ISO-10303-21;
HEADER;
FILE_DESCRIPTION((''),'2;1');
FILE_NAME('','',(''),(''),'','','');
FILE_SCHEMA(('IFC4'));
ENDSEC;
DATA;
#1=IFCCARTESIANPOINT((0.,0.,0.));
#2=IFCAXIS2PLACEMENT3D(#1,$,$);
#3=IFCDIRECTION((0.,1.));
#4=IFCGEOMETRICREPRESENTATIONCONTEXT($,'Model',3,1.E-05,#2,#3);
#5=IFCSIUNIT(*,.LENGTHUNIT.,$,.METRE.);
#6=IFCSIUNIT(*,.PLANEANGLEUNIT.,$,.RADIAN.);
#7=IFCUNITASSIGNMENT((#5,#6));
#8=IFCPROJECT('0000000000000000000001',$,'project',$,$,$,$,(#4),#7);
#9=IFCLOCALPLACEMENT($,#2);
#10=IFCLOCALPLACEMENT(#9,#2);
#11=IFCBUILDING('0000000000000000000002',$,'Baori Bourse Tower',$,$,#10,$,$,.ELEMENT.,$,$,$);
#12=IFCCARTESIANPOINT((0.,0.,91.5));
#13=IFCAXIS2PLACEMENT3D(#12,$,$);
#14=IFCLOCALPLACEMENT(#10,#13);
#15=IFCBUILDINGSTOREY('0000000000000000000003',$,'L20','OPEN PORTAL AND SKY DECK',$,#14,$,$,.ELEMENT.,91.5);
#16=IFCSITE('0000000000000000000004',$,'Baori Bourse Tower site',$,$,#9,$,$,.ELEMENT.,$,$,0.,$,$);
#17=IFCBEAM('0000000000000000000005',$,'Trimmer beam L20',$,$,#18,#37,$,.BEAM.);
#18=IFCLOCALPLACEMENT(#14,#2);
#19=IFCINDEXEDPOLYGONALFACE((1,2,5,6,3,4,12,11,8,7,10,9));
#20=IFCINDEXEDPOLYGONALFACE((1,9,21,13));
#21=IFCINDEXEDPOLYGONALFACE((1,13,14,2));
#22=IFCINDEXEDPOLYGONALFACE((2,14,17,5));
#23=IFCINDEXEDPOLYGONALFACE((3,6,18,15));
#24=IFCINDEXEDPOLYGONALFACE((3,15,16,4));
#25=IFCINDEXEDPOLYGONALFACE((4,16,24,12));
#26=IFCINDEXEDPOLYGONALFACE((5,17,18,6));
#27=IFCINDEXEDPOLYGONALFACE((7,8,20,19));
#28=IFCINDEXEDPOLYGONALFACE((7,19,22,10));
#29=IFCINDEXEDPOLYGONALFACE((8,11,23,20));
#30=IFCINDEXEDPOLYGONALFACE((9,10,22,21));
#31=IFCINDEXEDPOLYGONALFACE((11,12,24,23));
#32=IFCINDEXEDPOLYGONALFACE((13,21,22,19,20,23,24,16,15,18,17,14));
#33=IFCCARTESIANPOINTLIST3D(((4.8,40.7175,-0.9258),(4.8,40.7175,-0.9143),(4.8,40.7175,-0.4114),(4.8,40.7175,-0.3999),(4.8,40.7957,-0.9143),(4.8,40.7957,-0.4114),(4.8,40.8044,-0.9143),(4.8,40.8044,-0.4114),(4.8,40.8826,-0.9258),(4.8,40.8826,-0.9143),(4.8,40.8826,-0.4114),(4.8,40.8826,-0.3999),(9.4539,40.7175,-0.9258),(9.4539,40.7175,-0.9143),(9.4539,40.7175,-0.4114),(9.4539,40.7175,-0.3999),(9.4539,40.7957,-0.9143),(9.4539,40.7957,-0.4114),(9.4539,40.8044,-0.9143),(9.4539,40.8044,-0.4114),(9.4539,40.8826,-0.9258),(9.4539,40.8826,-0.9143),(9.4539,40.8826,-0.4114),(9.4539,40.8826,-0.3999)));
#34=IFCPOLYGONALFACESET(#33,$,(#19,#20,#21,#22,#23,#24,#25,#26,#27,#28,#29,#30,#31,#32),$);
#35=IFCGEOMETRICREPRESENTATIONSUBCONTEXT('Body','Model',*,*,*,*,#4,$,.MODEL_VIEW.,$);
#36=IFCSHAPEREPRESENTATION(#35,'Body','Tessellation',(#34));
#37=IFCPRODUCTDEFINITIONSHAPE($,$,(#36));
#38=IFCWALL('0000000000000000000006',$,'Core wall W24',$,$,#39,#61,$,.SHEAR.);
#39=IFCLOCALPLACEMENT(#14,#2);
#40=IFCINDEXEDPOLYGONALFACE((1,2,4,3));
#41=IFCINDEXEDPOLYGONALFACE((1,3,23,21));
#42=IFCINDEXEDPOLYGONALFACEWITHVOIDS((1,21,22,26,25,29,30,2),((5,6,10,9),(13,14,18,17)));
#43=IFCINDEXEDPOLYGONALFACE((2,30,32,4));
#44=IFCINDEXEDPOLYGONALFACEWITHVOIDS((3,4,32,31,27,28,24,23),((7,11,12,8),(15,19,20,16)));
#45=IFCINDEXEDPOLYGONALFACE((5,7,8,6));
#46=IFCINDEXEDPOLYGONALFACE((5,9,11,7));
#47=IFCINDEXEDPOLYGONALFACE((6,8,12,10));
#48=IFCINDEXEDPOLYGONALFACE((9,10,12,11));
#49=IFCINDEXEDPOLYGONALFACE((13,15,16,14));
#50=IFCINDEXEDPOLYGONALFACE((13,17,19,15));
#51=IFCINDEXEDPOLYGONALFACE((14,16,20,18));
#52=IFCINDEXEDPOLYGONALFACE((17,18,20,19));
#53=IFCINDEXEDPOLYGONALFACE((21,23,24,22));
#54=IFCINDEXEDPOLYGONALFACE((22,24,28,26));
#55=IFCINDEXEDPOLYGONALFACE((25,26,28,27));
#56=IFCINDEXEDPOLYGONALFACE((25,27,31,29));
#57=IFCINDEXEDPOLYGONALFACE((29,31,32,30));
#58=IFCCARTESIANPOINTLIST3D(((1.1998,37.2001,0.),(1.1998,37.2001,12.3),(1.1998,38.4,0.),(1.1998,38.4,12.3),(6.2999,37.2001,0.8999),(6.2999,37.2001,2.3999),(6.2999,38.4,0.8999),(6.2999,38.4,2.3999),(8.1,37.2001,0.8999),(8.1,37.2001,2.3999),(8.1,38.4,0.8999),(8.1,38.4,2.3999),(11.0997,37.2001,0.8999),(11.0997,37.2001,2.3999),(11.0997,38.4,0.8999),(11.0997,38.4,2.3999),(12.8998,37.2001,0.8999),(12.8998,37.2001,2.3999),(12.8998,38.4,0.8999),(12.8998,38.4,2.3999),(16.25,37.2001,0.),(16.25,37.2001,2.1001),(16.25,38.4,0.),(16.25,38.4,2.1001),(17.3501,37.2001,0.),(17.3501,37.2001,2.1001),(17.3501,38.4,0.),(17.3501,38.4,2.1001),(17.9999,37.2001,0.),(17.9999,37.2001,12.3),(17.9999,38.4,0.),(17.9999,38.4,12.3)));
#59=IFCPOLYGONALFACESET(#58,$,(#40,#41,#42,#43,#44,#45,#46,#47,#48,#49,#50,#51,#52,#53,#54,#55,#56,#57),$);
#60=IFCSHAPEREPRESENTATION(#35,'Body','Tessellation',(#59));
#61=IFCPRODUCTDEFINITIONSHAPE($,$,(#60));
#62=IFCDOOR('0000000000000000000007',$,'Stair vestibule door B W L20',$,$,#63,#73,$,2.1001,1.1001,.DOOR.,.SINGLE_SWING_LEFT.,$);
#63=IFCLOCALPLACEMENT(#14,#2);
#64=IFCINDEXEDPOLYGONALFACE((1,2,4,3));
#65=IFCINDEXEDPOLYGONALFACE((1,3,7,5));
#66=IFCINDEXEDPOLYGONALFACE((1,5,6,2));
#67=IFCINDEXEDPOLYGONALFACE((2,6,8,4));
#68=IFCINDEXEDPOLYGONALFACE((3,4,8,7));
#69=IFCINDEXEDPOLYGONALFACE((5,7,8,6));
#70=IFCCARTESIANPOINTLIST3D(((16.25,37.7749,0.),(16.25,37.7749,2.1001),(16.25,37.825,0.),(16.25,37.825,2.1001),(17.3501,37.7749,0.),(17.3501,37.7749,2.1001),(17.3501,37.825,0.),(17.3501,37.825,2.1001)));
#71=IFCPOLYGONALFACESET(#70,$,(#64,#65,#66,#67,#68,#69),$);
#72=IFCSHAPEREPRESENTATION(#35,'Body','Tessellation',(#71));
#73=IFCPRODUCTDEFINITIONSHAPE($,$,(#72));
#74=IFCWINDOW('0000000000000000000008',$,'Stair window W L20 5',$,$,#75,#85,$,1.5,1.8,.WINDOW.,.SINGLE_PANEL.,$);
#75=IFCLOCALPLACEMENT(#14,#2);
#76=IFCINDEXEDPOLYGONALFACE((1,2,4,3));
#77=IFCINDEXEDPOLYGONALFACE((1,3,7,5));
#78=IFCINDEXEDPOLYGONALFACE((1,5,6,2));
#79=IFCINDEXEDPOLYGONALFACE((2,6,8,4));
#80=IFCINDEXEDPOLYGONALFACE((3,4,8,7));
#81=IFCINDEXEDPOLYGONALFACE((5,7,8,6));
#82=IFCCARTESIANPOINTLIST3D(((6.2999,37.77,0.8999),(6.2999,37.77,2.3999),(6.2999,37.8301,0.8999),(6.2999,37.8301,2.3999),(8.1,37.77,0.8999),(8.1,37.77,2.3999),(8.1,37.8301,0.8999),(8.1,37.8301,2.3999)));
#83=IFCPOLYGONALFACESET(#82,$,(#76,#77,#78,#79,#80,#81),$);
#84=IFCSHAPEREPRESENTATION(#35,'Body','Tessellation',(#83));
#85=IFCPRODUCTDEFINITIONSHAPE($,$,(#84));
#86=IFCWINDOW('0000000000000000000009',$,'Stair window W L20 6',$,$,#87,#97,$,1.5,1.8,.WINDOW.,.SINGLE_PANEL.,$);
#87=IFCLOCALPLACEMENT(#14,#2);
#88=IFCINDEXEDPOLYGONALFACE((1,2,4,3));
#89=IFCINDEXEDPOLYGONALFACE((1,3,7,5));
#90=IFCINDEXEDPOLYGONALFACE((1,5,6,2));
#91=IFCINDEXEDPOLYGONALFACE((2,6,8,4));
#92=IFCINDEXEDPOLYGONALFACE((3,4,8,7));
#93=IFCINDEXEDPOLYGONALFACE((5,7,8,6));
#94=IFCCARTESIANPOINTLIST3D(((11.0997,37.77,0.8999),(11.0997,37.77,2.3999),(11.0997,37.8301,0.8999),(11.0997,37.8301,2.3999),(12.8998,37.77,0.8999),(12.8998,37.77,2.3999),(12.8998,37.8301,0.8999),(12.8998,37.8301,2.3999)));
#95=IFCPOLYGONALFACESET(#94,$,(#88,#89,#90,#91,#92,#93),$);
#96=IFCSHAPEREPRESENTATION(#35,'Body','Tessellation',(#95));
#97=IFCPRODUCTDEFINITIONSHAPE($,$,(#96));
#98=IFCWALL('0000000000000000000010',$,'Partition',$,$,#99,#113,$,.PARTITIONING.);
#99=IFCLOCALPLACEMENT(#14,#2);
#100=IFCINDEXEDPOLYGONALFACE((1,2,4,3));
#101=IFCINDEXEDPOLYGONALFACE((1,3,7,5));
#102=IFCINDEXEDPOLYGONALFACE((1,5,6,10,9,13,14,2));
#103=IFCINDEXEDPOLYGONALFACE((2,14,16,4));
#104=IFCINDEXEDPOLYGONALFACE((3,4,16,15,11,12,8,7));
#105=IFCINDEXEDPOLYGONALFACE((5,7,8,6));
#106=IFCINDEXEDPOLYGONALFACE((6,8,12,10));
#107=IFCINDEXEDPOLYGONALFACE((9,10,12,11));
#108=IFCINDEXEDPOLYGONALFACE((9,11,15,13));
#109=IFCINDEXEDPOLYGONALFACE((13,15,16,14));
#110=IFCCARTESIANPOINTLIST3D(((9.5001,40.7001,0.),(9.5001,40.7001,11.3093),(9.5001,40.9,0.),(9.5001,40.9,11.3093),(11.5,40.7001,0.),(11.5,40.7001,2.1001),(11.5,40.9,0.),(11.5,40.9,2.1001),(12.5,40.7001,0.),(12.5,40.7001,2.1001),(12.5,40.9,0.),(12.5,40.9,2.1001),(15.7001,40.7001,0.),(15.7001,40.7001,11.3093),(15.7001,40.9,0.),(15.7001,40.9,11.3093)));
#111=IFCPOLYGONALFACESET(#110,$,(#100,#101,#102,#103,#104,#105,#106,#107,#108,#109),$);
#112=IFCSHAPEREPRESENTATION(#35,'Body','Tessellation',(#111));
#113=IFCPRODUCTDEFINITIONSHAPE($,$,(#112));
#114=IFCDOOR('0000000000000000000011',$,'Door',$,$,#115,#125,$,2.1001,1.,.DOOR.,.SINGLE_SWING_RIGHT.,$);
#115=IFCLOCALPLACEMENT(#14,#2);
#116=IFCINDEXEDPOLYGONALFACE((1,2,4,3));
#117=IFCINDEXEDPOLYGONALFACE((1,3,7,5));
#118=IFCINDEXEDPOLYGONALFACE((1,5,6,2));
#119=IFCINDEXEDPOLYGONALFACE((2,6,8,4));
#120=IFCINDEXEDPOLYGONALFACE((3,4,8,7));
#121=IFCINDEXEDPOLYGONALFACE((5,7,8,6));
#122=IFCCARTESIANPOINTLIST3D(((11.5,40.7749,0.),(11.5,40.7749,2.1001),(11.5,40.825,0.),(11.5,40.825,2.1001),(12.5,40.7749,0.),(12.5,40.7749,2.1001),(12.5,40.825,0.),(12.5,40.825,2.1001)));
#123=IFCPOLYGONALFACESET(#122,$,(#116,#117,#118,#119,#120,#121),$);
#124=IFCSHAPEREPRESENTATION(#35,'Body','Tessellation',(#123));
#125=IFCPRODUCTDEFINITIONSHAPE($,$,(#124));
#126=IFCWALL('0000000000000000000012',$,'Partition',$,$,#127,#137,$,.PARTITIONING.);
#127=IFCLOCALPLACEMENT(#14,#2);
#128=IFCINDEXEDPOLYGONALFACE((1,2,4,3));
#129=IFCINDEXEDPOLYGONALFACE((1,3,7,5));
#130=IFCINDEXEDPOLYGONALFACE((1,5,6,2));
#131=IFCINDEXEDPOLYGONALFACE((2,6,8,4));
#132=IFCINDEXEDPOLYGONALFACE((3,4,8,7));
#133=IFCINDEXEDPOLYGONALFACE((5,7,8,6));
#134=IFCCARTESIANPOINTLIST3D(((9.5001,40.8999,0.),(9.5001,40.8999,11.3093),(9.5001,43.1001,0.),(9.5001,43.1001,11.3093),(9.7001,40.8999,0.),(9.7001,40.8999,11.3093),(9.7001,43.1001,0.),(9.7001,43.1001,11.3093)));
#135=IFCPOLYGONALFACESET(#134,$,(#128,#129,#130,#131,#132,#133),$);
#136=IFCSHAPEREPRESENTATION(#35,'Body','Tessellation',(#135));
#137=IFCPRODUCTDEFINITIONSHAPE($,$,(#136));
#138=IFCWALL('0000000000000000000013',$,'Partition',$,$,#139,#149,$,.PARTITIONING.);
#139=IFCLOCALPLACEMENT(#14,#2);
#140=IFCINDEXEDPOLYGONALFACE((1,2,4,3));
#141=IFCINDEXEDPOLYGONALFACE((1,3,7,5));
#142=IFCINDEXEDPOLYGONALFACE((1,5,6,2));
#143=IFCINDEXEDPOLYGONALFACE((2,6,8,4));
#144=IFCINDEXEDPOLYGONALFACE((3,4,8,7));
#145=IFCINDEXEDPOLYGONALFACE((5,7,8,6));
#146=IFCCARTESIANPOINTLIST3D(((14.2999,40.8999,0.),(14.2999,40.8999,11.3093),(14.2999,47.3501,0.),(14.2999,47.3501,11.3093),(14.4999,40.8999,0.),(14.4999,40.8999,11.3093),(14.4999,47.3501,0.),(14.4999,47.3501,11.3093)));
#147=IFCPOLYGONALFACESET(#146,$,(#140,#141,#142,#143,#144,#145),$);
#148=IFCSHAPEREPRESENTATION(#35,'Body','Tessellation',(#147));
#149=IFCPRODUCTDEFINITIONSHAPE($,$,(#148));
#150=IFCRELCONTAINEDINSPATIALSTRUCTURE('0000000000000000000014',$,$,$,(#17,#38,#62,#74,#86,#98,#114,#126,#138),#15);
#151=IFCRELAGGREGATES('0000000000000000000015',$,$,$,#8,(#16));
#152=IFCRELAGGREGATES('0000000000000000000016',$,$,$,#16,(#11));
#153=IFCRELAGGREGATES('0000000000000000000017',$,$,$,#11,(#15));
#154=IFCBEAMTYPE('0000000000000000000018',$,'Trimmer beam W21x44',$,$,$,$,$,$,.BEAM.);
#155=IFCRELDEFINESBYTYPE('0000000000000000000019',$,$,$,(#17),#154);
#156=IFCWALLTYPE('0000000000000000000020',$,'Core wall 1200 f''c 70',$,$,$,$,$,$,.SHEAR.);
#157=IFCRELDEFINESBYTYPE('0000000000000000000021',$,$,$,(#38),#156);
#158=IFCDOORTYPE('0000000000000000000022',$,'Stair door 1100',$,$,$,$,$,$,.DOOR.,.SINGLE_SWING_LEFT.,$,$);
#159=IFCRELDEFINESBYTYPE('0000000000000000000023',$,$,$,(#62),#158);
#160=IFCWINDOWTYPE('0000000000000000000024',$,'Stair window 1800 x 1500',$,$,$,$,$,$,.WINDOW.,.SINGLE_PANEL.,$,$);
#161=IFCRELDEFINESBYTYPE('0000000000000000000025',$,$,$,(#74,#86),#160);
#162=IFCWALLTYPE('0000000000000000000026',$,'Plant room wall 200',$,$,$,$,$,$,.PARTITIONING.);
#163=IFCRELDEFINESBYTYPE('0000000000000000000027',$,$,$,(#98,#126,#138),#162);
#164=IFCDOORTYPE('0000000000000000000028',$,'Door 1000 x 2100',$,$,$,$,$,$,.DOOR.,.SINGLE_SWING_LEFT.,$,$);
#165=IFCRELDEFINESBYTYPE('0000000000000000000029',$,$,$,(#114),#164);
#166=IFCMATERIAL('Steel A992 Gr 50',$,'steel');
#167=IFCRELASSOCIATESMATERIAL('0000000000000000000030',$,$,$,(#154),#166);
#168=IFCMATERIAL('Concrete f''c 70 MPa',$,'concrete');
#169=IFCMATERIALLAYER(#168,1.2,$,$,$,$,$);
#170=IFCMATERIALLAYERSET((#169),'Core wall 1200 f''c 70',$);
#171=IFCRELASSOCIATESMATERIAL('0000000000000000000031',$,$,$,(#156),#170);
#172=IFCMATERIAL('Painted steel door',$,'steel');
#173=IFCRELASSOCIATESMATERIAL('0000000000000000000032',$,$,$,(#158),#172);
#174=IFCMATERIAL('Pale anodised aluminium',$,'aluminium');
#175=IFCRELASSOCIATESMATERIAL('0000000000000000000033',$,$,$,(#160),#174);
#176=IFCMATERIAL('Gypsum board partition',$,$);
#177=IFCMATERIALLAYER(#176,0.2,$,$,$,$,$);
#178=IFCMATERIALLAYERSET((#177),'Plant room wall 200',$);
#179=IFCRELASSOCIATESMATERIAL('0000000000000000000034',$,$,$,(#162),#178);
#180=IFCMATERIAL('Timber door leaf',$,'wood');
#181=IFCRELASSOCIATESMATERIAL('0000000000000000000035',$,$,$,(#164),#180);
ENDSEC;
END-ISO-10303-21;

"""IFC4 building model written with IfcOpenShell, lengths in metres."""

from ifc_helpers import new_model, si_unit, direction, frame, frame_2d, origin, origin_2d, place, context, subcontext, project, spatial, rectangle, i_section, extrude, material, layer, layer_set, material_profile, profile_set, type_object, element, fill, save


model = new_model("IFC4")

# Units and contexts
model_context = context("Model", 3, precision=1e-05, world=origin(), true_north=direction((0.0, 1.0)))
body_context = subcontext(model_context, "Body", "Model", "MODEL_VIEW")
ifc_project = project(units=[si_unit("LENGTHUNIT", "METRE"), si_unit("PLANEANGLEUNIT", "RADIAN")], contexts=[model_context])

# Site, building, storey
site_placement = place(None, origin())
site = spatial("IfcSite", under=ifc_project, at=site_placement, Name="Baori Bourse Tower site", CompositionType="ELEMENT", RefElevation=0.0)
building_placement = place(site_placement, origin())
building = spatial("IfcBuilding", under=site, at=building_placement, Name="Baori Bourse Tower", CompositionType="ELEMENT")
storey_placement = place(building_placement, frame((0.0, 0.0, 91.5)))
storey = spatial("IfcBuildingStorey", under=building, at=storey_placement, Name="L20", Description="OPEN PORTAL AND SKY DECK", CompositionType="ELEMENT", Elevation=91.5)

# Beam
ifc_material_1 = material(Name="Steel A992 Gr 50", Category="steel")
ifc_material_profile_1 = material_profile(ifc_material_1, i_section(OverallWidth=0.165, OverallDepth=0.5259, WebThickness=0.0088, FlangeThickness=0.0115, at=origin_2d()), Name="W21x44")
ifc_profile_set_1 = profile_set([ifc_material_profile_1], Name="Steel A992 Gr 50")
beam_type_1 = type_object("IfcBeamType", Name="Trimmer beam W21x44", PredefinedType="BEAM", material=ifc_profile_set_1)
beam_1_placement = place(storey_placement, frame((4.8, 40.8, -0.6628), z_axis=(1.0, 0.0, 0.0), x_axis=(0.0, 1.0, 0.0)))
element("IfcBeam", 1, at=beam_1_placement, inside=storey, type_object=beam_type_1, Name="Trimmer beam L20", PredefinedType="BEAM", context=body_context, shape_type="SweptSolid", body=[
    extrude(i_section(OverallWidth=0.165, OverallDepth=0.5259, WebThickness=0.0088, FlangeThickness=0.0115, at=origin_2d()), origin(), (0.0, 0.0, 1.0), 4.6538),
])

# Wall, openings, door, windows
ifc_material_2 = material(Name="Concrete f'c 70 MPa", Category="concrete")
ifc_layer_1 = layer(ifc_material_2, 1.2)
ifc_layer_set_1 = layer_set([ifc_layer_1], Name="Core wall 1200 f'c 70")
wall_type_1 = type_object("IfcWallType", Name="Core wall 1200 f'c 70", PredefinedType="SHEAR", material=ifc_layer_set_1)
wall_1_placement = place(storey_placement, frame((1.2, 37.8, 0.0), z_axis=(0.0, 0.0, 1.0), x_axis=(1.0, 0.0, 0.0)))
wall_1 = element("IfcWall", 2, at=wall_1_placement, inside=storey, type_object=wall_type_1, Name="Core wall W24", PredefinedType="SHEAR", context=body_context, shape_type="SweptSolid", body=[
    extrude(rectangle(XDim=16.8, YDim=1.2, at=frame_2d((8.3999, 0.0))), origin(), (0.0, 0.0, 1.0), 12.3),
])
opening_1_placement = place(wall_1_placement, frame((15.05, 0.0, 0.0)))
opening_1 = element("IfcOpeningElement", 3, at=opening_1_placement, cuts=wall_1, PredefinedType="OPENING", context=body_context, shape_type="SweptSolid", body=[
    extrude(rectangle(XDim=1.1001, YDim=2.1001, at=frame_2d((0.55, 1.05))), frame((0.0, 0.6099, 0.0), z_axis=(0.0, -1.0, 0.0), x_axis=(1.0, 0.0, 0.0)), (0.0, 0.0, 1.0), 1.22),
])
opening_2_placement = place(wall_1_placement, frame((5.1001, 0.0, 0.8999)))
opening_2 = element("IfcOpeningElement", 4, at=opening_2_placement, cuts=wall_1, PredefinedType="OPENING", context=body_context, shape_type="SweptSolid", body=[
    extrude(rectangle(XDim=1.8, YDim=1.5, at=frame_2d((0.8999, 0.75))), frame((0.0, 0.6099, 0.0), z_axis=(0.0, -1.0, 0.0), x_axis=(1.0, 0.0, 0.0)), (0.0, 0.0, 1.0), 1.22),
])
opening_3_placement = place(wall_1_placement, frame((9.8999, 0.0, 0.8999)))
opening_3 = element("IfcOpeningElement", 5, at=opening_3_placement, cuts=wall_1, PredefinedType="OPENING", context=body_context, shape_type="SweptSolid", body=[
    extrude(rectangle(XDim=1.8, YDim=1.5, at=frame_2d((0.8999, 0.75))), frame((0.0, 0.6099, 0.0), z_axis=(0.0, -1.0, 0.0), x_axis=(1.0, 0.0, 0.0)), (0.0, 0.0, 1.0), 1.22),
])
ifc_material_3 = material(Name="Painted steel door", Category="steel")
door_type_1 = type_object("IfcDoorType", Name="Stair door 1100", OperationType="SINGLE_SWING_LEFT", PredefinedType="DOOR", material=ifc_material_3)
door_1_placement = place(opening_1_placement, origin())
door_1 = element("IfcDoor", 6, at=door_1_placement, inside=storey, type_object=door_type_1, Name="Stair vestibule door B W L20", OperationType="SINGLE_SWING_LEFT", OverallHeight=2.1001, OverallWidth=1.1001, PredefinedType="DOOR", context=body_context, shape_type="SweptSolid", body=[
    extrude(rectangle(XDim=1.1001, YDim=2.1001, at=frame_2d((0.55, 1.05))), frame((0.0, 0.0249, 0.0), z_axis=(0.0, -1.0, 0.0), x_axis=(1.0, 0.0, 0.0)), (0.0, 0.0, 1.0), 0.05),
])
fill(opening_1, door_1)
ifc_material_4 = material(Name="Pale anodised aluminium", Category="aluminium")
window_type = type_object("IfcWindowType", Name="Stair window 1800 x 1500", PartitioningType="SINGLE_PANEL", PredefinedType="WINDOW", material=ifc_material_4)
window_1_placement = place(opening_2_placement, origin())
window_1 = element("IfcWindow", 7, at=window_1_placement, inside=storey, type_object=window_type, Name="Stair window W L20 5", OverallHeight=1.5, OverallWidth=1.8, PartitioningType="SINGLE_PANEL", PredefinedType="WINDOW", context=body_context, shape_type="SweptSolid", body=[
    extrude(rectangle(XDim=1.8, YDim=1.5, at=frame_2d((0.8999, 0.75))), frame((0.0, 0.03, 0.0), z_axis=(0.0, -1.0, 0.0), x_axis=(1.0, 0.0, 0.0)), (0.0, 0.0, 1.0), 0.0601),
])
fill(opening_2, window_1)
window_2_placement = place(opening_3_placement, origin())
window_2 = element("IfcWindow", 8, at=window_2_placement, inside=storey, type_object=window_type, Name="Stair window W L20 6", OverallHeight=1.5, OverallWidth=1.8, PartitioningType="SINGLE_PANEL", PredefinedType="WINDOW", context=body_context, shape_type="SweptSolid", body=[
    extrude(rectangle(XDim=1.8, YDim=1.5, at=frame_2d((0.8999, 0.75))), frame((0.0, 0.03, 0.0), z_axis=(0.0, -1.0, 0.0), x_axis=(1.0, 0.0, 0.0)), (0.0, 0.0, 1.0), 0.0601),
])
fill(opening_3, window_2)

# Wall, opening, door
ifc_material_5 = material(Name="Gypsum board partition")
ifc_layer_2 = layer(ifc_material_5, 0.2)
ifc_layer_set_2 = layer_set([ifc_layer_2], Name="Plant room wall 200")
wall_type_2 = type_object("IfcWallType", Name="Plant room wall 200", PredefinedType="PARTITIONING", material=ifc_layer_set_2)
wall_2_placement = place(storey_placement, frame((9.5, 40.8, 0.0), z_axis=(0.0, 0.0, 1.0), x_axis=(1.0, 0.0, 0.0)))
wall_2 = element("IfcWall", 9, at=wall_2_placement, inside=storey, type_object=wall_type_2, Name="Partition", PredefinedType="PARTITIONING", context=body_context, shape_type="SweptSolid", body=[
    extrude(rectangle(XDim=6.2, YDim=0.2, at=frame_2d((3.1001, 0.0))), origin(), (0.0, 0.0, 1.0), 11.3093),
])
opening_4_placement = place(wall_2_placement, frame((2.0, 0.0, 0.0)))
opening_4 = element("IfcOpeningElement", 10, at=opening_4_placement, cuts=wall_2, PredefinedType="OPENING", context=body_context, shape_type="SweptSolid", body=[
    extrude(rectangle(XDim=1.0, YDim=2.1001, at=frame_2d((0.5, 1.05))), frame((0.0, 0.1099, 0.0), z_axis=(0.0, -1.0, 0.0), x_axis=(1.0, 0.0, 0.0)), (0.0, 0.0, 1.0), 0.22),
])
ifc_material_6 = material(Name="Timber door leaf", Category="wood")
door_type_2 = type_object("IfcDoorType", Name="Door 1000 x 2100", OperationType="SINGLE_SWING_LEFT", PredefinedType="DOOR", material=ifc_material_6)
door_2_placement = place(opening_4_placement, origin())
door_2 = element("IfcDoor", 11, at=door_2_placement, inside=storey, type_object=door_type_2, Name="Door", OperationType="SINGLE_SWING_RIGHT", OverallHeight=2.1001, OverallWidth=1.0, PredefinedType="DOOR", context=body_context, shape_type="SweptSolid", body=[
    extrude(rectangle(XDim=1.0, YDim=2.1001, at=frame_2d((0.5, 1.05))), frame((0.0, 0.0249, 0.0), z_axis=(0.0, -1.0, 0.0), x_axis=(1.0, 0.0, 0.0)), (0.0, 0.0, 1.0), 0.05),
])
fill(opening_4, door_2)

# Walls
wall_3_placement = place(storey_placement, frame((9.6001, 40.8999, 0.0), z_axis=(0.0, 0.0, 1.0), x_axis=(0.0, 1.0, 0.0)))
element("IfcWall", 12, at=wall_3_placement, inside=storey, type_object=wall_type_2, Name="Partition", PredefinedType="PARTITIONING", context=body_context, shape_type="SweptSolid", body=[
    extrude(rectangle(XDim=2.2002, YDim=0.2, at=frame_2d((1.1001, 0.0))), origin(), (0.0, 0.0, 1.0), 11.3093),
])
wall_4_placement = place(storey_placement, frame((14.3999, 40.8999, 0.0), z_axis=(0.0, 0.0, 1.0), x_axis=(0.0, 1.0, 0.0)))
element("IfcWall", 13, at=wall_4_placement, inside=storey, type_object=wall_type_2, Name="Partition", PredefinedType="PARTITIONING", context=body_context, shape_type="SweptSolid", body=[
    extrude(rectangle(XDim=6.4502, YDim=0.2, at=frame_2d((3.2251, 0.0))), origin(), (0.0, 0.0, 1.0), 11.3093),
])

save(model, "model.ifc")
